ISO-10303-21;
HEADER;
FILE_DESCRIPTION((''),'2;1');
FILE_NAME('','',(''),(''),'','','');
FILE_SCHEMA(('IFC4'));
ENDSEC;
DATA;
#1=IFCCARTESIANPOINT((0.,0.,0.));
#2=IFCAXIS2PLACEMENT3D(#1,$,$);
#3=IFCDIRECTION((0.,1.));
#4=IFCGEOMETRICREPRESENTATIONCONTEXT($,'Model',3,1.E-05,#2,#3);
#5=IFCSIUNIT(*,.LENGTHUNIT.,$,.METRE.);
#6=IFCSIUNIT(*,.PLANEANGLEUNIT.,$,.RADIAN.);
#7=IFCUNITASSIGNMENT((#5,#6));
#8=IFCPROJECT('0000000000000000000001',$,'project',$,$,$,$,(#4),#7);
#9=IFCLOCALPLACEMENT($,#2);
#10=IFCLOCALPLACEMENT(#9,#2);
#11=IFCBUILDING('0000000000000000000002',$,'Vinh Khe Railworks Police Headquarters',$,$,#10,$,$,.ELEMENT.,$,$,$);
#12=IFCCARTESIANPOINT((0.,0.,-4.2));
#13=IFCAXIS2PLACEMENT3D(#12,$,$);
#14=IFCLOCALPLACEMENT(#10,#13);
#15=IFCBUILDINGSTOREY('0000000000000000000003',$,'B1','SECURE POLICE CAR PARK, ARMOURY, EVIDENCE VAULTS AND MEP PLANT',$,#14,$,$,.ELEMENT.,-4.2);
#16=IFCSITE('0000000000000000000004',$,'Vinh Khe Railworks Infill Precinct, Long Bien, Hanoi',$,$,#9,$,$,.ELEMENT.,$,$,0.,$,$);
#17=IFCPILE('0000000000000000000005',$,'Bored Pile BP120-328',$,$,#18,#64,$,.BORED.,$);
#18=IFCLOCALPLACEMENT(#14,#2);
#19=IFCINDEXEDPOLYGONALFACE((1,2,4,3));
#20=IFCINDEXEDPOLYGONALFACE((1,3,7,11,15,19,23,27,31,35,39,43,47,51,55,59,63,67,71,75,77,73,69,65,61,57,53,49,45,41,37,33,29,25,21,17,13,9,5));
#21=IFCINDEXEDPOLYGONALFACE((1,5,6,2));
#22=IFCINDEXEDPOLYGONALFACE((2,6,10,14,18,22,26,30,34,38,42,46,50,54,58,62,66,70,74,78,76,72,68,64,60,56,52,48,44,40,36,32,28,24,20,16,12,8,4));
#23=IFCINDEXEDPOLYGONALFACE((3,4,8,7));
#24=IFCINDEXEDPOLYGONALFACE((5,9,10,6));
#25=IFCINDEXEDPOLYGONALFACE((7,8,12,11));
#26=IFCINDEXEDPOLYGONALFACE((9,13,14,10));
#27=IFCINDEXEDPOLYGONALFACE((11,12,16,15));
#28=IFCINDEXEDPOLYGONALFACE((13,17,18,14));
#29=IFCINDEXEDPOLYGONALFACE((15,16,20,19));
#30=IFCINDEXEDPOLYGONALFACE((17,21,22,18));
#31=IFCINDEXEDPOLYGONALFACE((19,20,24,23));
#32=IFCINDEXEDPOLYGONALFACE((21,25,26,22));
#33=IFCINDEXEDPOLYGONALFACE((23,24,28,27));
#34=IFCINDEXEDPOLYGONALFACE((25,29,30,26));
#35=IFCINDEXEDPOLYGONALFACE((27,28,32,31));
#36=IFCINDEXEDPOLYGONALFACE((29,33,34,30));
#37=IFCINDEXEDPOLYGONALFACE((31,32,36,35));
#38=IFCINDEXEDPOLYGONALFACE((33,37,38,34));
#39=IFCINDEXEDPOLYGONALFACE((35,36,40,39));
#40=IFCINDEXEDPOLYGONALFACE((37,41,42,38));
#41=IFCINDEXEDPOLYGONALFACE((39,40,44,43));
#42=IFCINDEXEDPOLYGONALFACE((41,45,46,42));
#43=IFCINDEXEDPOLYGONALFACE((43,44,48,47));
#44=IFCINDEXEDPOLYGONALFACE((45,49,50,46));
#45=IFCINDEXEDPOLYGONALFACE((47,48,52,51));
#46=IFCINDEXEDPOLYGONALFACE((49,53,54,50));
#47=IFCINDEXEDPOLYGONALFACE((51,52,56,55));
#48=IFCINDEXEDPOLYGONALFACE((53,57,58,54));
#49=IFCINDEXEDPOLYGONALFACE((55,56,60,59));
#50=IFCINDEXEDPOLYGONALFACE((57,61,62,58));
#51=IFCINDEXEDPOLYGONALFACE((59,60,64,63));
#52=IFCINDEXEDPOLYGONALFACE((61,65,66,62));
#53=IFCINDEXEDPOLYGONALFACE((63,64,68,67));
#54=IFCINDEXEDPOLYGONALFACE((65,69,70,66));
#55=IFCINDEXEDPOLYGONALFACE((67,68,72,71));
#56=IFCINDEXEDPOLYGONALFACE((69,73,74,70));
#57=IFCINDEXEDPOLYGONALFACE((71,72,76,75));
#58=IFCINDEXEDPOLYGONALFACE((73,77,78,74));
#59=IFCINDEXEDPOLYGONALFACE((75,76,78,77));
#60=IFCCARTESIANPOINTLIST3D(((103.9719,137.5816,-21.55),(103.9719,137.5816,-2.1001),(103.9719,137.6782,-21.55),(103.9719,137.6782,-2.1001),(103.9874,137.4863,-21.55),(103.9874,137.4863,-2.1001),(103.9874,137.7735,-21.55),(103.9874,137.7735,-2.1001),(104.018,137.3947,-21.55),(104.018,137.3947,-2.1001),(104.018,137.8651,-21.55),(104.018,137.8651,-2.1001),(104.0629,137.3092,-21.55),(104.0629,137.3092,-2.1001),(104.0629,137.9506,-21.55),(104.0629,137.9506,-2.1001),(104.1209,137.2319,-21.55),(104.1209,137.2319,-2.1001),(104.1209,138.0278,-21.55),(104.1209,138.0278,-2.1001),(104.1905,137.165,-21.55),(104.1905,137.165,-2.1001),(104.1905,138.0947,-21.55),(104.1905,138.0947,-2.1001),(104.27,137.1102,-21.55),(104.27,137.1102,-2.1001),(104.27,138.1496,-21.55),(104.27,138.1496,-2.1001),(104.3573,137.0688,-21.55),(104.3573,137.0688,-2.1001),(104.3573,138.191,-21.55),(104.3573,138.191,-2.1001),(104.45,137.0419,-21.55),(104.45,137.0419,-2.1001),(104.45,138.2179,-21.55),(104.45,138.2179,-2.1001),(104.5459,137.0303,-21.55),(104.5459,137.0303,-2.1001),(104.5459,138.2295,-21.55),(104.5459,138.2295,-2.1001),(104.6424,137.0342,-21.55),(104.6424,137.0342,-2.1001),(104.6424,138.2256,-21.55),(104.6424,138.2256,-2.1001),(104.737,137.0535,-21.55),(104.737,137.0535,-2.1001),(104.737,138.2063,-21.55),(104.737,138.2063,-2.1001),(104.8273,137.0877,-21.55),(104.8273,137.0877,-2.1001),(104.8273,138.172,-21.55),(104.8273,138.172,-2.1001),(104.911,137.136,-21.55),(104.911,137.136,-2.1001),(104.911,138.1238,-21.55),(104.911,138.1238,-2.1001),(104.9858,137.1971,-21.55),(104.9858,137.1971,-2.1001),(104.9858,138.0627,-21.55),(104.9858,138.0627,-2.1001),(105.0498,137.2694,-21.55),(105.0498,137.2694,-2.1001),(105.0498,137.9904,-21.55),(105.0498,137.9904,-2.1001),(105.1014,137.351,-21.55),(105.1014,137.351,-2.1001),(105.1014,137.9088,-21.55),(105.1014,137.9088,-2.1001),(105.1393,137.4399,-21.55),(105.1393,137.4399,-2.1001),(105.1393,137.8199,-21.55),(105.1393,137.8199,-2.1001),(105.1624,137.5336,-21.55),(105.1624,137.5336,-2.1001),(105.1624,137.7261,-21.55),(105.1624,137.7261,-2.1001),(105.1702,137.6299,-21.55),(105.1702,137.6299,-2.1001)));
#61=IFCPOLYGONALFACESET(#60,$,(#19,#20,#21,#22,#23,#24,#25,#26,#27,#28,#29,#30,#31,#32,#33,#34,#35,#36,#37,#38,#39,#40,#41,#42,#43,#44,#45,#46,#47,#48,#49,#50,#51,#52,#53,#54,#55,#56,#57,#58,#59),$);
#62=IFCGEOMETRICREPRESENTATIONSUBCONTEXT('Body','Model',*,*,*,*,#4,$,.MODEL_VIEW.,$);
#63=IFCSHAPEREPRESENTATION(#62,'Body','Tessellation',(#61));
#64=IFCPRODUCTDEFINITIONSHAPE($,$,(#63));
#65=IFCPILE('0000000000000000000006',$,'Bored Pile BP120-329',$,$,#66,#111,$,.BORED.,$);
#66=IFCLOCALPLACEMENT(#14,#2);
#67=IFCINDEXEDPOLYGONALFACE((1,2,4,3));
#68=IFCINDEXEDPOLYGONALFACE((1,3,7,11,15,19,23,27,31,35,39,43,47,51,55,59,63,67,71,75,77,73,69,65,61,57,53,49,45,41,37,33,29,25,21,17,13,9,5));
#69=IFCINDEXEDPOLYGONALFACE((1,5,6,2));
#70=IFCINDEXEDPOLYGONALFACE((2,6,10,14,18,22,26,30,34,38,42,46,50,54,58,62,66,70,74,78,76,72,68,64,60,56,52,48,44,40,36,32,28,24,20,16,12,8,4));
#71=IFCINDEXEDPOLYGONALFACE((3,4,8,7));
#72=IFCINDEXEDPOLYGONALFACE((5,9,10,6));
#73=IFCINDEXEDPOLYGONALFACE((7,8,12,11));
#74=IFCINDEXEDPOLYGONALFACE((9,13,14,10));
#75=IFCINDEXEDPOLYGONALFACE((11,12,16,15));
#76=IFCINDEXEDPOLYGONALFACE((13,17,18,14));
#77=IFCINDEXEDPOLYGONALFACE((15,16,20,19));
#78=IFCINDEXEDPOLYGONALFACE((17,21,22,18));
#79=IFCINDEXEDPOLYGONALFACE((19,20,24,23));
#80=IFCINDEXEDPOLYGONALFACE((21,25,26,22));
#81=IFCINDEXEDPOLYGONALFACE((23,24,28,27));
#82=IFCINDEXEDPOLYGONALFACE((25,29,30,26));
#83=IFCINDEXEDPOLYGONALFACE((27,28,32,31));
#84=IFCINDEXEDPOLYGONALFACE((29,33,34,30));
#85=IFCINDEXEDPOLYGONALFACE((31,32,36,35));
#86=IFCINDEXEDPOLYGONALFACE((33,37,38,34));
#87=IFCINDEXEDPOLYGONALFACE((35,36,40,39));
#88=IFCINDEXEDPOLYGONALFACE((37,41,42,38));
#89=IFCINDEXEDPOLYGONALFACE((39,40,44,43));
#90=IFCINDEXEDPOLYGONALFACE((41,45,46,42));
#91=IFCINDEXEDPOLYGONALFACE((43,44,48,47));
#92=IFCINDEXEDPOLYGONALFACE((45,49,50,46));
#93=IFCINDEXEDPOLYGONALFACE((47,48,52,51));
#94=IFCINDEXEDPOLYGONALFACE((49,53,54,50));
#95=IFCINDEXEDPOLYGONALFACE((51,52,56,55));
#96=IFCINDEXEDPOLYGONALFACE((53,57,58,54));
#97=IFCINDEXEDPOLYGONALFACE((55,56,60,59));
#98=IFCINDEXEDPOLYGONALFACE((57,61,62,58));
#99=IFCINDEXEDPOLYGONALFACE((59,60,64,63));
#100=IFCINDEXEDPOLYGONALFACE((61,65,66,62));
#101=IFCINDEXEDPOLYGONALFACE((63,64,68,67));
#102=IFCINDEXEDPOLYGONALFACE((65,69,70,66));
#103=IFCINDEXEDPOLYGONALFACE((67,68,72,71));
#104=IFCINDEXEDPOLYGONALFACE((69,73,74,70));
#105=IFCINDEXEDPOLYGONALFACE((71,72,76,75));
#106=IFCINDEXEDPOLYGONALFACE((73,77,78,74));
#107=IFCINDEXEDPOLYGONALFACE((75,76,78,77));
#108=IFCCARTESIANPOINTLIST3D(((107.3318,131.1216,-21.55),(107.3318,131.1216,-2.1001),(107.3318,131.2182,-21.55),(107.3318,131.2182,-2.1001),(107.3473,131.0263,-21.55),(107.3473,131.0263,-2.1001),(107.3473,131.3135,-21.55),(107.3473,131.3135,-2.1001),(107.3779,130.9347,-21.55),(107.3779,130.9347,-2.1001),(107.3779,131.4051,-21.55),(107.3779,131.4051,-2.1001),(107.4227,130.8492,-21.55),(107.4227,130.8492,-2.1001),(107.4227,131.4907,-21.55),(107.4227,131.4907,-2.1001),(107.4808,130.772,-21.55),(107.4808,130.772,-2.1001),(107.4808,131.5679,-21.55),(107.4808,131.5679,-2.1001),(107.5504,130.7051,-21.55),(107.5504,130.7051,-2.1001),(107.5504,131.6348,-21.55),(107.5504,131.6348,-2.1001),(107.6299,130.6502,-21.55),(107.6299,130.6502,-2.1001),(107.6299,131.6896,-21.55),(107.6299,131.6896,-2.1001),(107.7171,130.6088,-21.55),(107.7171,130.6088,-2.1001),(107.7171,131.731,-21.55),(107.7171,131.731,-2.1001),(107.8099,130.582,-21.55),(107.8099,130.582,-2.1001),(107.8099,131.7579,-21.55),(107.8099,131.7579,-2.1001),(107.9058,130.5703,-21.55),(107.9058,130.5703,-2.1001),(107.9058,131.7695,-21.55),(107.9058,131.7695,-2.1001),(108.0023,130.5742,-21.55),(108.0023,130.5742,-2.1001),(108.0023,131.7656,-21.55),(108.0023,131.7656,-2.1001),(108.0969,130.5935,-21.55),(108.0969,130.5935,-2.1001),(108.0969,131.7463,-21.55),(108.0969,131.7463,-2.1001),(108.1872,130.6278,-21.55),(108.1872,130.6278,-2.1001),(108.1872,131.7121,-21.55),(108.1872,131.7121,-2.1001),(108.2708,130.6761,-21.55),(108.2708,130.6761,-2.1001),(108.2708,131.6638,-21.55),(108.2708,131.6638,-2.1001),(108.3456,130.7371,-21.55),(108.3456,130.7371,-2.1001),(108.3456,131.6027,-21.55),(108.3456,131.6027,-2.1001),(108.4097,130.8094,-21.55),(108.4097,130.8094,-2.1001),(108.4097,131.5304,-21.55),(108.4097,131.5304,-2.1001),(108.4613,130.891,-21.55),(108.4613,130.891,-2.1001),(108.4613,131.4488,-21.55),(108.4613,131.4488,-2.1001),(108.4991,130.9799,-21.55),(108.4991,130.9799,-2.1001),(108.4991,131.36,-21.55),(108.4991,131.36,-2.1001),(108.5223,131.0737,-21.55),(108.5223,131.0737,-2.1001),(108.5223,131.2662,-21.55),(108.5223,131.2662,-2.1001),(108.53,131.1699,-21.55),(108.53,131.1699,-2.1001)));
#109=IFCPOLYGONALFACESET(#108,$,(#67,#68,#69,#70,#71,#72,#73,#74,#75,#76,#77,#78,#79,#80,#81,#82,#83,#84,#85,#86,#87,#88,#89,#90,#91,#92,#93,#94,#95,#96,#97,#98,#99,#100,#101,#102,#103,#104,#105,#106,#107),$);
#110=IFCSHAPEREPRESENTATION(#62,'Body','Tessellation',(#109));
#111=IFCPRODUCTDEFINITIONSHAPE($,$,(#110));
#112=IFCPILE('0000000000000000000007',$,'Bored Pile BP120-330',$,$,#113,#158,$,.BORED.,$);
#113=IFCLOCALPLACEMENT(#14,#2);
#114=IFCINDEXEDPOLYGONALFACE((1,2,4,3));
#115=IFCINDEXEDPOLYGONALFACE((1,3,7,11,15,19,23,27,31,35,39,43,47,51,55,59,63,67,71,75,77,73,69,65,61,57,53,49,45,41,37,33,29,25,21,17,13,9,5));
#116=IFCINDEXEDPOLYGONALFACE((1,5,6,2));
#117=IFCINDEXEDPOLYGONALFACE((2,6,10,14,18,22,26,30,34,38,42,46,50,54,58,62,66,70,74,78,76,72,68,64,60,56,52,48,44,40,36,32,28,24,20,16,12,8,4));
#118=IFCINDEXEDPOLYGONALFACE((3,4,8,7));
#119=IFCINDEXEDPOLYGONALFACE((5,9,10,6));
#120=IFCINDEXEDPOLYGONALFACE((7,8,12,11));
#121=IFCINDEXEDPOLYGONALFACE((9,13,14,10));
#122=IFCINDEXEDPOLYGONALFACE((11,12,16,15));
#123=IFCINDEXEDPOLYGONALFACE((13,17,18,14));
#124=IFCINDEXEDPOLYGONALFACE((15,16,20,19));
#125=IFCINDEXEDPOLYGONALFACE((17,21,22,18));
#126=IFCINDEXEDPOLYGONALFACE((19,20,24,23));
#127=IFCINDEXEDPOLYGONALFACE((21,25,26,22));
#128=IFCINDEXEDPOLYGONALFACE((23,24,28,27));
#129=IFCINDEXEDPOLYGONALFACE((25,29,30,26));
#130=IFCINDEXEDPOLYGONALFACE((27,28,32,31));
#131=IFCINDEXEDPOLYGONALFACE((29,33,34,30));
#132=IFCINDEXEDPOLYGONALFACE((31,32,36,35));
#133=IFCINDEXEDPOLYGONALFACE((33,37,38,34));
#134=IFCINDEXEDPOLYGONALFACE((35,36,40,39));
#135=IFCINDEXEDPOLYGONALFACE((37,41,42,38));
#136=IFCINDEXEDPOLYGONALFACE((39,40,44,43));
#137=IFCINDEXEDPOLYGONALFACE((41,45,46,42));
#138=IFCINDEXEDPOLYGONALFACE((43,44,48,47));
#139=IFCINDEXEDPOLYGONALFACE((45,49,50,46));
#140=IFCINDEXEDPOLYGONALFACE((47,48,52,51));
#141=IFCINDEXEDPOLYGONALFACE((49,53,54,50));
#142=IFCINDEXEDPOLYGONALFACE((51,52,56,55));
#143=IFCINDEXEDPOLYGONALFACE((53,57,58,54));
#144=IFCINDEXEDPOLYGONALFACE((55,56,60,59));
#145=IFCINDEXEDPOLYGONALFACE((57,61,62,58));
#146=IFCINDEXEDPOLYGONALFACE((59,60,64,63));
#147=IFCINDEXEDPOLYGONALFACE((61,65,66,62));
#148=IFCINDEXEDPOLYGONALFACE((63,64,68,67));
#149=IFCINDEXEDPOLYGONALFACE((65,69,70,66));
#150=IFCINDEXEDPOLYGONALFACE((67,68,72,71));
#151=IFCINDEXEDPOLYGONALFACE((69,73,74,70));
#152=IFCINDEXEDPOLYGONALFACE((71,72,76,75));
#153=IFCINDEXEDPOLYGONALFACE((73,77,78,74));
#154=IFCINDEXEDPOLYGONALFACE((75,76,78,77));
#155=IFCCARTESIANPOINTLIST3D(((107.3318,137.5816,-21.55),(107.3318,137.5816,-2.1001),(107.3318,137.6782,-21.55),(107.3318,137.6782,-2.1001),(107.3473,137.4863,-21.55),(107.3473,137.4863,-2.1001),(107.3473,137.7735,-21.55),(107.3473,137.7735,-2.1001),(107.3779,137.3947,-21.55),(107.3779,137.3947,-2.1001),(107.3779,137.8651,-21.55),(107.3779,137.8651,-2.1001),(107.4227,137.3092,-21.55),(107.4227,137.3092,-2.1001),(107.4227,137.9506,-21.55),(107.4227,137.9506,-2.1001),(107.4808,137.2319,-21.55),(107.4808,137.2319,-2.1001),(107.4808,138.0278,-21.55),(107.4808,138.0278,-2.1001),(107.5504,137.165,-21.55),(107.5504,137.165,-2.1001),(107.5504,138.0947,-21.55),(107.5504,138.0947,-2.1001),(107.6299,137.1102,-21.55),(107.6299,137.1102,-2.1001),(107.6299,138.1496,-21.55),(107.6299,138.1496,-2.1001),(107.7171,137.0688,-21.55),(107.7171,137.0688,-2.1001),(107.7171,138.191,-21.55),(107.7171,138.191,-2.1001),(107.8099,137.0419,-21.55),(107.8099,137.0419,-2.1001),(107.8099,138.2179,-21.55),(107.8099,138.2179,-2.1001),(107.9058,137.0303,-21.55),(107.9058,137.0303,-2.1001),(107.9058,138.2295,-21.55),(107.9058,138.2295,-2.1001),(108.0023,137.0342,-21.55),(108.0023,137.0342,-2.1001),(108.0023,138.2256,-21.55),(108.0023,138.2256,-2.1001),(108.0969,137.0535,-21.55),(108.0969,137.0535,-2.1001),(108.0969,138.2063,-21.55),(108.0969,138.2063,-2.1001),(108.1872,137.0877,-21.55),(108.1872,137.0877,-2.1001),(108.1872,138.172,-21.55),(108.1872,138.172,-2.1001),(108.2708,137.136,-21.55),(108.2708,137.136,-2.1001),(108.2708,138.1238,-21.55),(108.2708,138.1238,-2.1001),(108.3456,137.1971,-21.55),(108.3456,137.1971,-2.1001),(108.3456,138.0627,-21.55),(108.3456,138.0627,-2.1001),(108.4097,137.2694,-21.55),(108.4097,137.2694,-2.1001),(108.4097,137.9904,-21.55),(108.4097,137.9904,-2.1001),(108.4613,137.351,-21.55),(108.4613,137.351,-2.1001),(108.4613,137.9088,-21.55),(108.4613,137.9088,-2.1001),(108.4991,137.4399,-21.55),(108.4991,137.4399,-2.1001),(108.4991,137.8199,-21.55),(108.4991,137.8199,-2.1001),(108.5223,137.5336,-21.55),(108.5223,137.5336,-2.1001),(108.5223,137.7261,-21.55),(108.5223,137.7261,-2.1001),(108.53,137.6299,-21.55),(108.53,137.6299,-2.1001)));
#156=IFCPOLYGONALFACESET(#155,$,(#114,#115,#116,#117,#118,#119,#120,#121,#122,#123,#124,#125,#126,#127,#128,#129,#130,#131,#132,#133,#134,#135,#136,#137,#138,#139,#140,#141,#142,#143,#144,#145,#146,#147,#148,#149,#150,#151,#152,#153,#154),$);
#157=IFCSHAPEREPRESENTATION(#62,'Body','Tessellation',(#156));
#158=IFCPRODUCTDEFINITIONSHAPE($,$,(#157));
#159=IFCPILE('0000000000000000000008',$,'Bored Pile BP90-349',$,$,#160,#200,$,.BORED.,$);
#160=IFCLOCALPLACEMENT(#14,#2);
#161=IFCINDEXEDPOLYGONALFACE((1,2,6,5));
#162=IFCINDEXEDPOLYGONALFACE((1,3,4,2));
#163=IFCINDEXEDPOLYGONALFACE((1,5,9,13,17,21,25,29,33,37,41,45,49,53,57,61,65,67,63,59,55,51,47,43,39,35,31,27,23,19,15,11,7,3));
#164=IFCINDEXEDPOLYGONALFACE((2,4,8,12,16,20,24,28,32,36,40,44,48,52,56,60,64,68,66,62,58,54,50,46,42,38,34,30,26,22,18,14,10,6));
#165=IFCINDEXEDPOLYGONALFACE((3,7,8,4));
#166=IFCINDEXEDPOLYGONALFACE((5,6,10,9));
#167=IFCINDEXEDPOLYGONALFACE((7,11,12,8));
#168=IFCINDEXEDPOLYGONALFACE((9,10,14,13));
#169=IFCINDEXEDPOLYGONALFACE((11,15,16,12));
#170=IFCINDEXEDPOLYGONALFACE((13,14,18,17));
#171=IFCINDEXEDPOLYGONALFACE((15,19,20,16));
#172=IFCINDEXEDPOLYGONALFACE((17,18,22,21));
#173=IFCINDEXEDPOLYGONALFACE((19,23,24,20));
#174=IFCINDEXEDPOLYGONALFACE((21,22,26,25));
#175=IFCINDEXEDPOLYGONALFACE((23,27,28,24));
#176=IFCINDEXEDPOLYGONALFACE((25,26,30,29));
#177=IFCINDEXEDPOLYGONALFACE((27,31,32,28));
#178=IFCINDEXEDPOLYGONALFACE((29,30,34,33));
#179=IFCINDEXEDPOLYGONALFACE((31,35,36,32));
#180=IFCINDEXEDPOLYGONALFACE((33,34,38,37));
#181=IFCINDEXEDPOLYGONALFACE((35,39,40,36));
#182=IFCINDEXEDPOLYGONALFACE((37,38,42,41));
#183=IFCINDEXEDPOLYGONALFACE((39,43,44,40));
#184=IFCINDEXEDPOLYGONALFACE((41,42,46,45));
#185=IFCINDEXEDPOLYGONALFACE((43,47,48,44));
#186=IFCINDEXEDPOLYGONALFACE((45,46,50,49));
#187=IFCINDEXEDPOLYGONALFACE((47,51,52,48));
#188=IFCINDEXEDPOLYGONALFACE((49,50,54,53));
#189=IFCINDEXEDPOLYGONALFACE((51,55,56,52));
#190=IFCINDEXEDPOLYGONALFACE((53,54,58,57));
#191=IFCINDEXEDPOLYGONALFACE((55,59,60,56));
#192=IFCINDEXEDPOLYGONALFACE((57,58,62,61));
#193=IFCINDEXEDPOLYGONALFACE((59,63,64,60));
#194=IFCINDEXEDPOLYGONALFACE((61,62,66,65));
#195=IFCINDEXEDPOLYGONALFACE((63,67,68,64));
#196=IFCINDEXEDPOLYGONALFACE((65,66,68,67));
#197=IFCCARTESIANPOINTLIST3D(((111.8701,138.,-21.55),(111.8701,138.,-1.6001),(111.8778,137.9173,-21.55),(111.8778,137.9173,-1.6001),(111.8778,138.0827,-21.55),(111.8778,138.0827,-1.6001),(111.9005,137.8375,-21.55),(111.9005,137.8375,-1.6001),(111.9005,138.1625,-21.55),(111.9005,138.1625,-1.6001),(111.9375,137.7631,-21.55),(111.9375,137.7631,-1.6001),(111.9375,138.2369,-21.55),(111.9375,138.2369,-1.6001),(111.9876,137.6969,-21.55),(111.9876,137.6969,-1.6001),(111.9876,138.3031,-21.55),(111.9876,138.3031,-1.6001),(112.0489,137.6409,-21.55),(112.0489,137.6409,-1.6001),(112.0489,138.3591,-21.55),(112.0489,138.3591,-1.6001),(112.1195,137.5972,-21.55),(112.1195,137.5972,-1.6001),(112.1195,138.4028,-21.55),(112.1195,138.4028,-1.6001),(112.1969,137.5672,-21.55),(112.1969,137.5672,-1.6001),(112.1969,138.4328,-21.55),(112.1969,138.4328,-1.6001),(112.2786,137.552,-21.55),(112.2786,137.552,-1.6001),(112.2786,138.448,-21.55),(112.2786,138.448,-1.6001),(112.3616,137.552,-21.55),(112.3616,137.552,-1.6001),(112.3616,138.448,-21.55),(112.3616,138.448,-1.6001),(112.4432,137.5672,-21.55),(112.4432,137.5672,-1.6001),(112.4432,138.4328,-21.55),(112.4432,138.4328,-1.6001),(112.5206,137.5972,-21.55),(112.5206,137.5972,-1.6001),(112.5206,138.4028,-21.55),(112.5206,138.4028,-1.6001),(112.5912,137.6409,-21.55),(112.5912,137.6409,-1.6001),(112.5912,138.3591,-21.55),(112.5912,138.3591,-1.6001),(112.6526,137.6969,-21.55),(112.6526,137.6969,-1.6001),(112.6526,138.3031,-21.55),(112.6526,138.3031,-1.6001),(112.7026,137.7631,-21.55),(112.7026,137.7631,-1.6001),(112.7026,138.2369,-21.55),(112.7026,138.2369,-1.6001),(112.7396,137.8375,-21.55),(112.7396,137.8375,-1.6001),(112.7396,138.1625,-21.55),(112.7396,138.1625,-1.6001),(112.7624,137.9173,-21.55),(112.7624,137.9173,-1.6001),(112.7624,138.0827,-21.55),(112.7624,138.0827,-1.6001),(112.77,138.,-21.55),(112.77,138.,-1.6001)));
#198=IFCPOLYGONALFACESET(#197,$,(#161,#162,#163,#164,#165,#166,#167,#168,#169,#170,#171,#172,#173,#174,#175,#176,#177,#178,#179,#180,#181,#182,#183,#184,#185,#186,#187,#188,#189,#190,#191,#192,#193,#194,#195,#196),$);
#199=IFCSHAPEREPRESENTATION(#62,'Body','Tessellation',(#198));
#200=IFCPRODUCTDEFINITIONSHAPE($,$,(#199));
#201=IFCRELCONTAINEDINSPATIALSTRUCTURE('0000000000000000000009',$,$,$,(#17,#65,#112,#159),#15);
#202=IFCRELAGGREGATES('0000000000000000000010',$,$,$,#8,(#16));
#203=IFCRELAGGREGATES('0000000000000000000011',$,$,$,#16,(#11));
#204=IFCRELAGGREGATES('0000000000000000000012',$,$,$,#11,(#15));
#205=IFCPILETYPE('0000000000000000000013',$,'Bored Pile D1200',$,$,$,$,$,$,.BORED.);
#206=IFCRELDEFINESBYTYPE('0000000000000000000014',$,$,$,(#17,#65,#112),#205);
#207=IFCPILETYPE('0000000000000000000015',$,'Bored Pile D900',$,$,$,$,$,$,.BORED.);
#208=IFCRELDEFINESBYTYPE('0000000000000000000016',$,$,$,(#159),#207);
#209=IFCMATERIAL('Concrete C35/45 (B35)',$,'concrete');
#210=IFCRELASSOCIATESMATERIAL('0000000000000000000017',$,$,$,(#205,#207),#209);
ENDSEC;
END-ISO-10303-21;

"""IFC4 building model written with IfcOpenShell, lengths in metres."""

from ifc_helpers import new_model, si_unit, direction, frame, origin, origin_2d, place, context, subcontext, project, spatial, circle, extrude, material, material_profile, profile_set, type_object, element, save


model = new_model("IFC4")

# Units and contexts
model_context = context("Model", 3, precision=1e-05, world=origin(), true_north=direction((0.0, 1.0)))
body_context = subcontext(model_context, "Body", "Model", "MODEL_VIEW")
ifc_project = project(units=[si_unit("LENGTHUNIT", "METRE"), si_unit("PLANEANGLEUNIT", "RADIAN")], contexts=[model_context])

# Site, building, storey
site_placement = place(None, origin())
site = spatial("IfcSite", under=ifc_project, at=site_placement, Name="Vinh Khe Railworks Infill Precinct, Long Bien, Hanoi", CompositionType="ELEMENT", RefElevation=0.0)
building_placement = place(site_placement, origin())
building = spatial("IfcBuilding", under=site, at=building_placement, Name="Vinh Khe Railworks Police Headquarters", CompositionType="ELEMENT")
storey_placement = place(building_placement, frame((0.0, 0.0, -4.2)))
storey = spatial("IfcBuildingStorey", under=building, at=storey_placement, Name="B1", Description="SECURE POLICE CAR PARK, ARMOURY, EVIDENCE VAULTS AND MEP PLANT", CompositionType="ELEMENT", Elevation=-4.2)

# Piles
ifc_material_1 = material(Name="Concrete C35/45 (B35)", Category="concrete")
ifc_material_profile_1 = material_profile(ifc_material_1, circle(Radius=0.6001, at=origin_2d()), Name="BORED PILE D1200")
ifc_profile_set_1 = profile_set([ifc_material_profile_1], Name="Concrete C35/45 (B35)")
pile_type_1 = type_object("IfcPileType", Name="Bored Pile D1200", PredefinedType="BORED", material=ifc_profile_set_1)
for number, where, z_axis, x_axis, name in (
    (1, (104.5701, 137.6299, -2.1001), (0.0, 0.0, -1.0), (1.0, 0.0, 0.0), "Bored Pile BP120-328"),
    (2, (107.9299, 131.1699, -2.1001), (0.0, 0.0, -1.0), (1.0, 0.0, 0.0), "Bored Pile BP120-329"),
    (3, (107.9299, 137.6299, -2.1001), (0.0, 0.0, -1.0), (1.0, 0.0, 0.0), "Bored Pile BP120-330"),
):
    element("IfcPile", number, at=place(storey_placement, frame(where, z_axis=z_axis, x_axis=x_axis)), inside=storey, type_object=pile_type_1, Name=name, PredefinedType="BORED", context=body_context, shape_type="SweptSolid", body=[
        extrude(circle(Radius=0.6001, at=origin_2d()), origin(), (0.0, 0.0, 1.0), 19.45),
    ])
ifc_material_profile_2 = material_profile(ifc_material_1, circle(Radius=0.45, at=origin_2d()), Name="BORED PILE D900")
ifc_profile_set_2 = profile_set([ifc_material_profile_2], Name="Concrete C35/45 (B35)")
pile_type_2 = type_object("IfcPileType", Name="Bored Pile D900", PredefinedType="BORED", material=ifc_profile_set_2)
pile_placement = place(storey_placement, frame((112.3201, 138.0, -1.6001), z_axis=(0.0, 0.0, -1.0), x_axis=(1.0, 0.0, 0.0)))
element("IfcPile", 4, at=pile_placement, inside=storey, type_object=pile_type_2, Name="Bored Pile BP90-349", PredefinedType="BORED", context=body_context, shape_type="SweptSolid", body=[
    extrude(circle(Radius=0.45, at=origin_2d()), origin(), (0.0, 0.0, 1.0), 19.95),
])

save(model, "model.ifc")
